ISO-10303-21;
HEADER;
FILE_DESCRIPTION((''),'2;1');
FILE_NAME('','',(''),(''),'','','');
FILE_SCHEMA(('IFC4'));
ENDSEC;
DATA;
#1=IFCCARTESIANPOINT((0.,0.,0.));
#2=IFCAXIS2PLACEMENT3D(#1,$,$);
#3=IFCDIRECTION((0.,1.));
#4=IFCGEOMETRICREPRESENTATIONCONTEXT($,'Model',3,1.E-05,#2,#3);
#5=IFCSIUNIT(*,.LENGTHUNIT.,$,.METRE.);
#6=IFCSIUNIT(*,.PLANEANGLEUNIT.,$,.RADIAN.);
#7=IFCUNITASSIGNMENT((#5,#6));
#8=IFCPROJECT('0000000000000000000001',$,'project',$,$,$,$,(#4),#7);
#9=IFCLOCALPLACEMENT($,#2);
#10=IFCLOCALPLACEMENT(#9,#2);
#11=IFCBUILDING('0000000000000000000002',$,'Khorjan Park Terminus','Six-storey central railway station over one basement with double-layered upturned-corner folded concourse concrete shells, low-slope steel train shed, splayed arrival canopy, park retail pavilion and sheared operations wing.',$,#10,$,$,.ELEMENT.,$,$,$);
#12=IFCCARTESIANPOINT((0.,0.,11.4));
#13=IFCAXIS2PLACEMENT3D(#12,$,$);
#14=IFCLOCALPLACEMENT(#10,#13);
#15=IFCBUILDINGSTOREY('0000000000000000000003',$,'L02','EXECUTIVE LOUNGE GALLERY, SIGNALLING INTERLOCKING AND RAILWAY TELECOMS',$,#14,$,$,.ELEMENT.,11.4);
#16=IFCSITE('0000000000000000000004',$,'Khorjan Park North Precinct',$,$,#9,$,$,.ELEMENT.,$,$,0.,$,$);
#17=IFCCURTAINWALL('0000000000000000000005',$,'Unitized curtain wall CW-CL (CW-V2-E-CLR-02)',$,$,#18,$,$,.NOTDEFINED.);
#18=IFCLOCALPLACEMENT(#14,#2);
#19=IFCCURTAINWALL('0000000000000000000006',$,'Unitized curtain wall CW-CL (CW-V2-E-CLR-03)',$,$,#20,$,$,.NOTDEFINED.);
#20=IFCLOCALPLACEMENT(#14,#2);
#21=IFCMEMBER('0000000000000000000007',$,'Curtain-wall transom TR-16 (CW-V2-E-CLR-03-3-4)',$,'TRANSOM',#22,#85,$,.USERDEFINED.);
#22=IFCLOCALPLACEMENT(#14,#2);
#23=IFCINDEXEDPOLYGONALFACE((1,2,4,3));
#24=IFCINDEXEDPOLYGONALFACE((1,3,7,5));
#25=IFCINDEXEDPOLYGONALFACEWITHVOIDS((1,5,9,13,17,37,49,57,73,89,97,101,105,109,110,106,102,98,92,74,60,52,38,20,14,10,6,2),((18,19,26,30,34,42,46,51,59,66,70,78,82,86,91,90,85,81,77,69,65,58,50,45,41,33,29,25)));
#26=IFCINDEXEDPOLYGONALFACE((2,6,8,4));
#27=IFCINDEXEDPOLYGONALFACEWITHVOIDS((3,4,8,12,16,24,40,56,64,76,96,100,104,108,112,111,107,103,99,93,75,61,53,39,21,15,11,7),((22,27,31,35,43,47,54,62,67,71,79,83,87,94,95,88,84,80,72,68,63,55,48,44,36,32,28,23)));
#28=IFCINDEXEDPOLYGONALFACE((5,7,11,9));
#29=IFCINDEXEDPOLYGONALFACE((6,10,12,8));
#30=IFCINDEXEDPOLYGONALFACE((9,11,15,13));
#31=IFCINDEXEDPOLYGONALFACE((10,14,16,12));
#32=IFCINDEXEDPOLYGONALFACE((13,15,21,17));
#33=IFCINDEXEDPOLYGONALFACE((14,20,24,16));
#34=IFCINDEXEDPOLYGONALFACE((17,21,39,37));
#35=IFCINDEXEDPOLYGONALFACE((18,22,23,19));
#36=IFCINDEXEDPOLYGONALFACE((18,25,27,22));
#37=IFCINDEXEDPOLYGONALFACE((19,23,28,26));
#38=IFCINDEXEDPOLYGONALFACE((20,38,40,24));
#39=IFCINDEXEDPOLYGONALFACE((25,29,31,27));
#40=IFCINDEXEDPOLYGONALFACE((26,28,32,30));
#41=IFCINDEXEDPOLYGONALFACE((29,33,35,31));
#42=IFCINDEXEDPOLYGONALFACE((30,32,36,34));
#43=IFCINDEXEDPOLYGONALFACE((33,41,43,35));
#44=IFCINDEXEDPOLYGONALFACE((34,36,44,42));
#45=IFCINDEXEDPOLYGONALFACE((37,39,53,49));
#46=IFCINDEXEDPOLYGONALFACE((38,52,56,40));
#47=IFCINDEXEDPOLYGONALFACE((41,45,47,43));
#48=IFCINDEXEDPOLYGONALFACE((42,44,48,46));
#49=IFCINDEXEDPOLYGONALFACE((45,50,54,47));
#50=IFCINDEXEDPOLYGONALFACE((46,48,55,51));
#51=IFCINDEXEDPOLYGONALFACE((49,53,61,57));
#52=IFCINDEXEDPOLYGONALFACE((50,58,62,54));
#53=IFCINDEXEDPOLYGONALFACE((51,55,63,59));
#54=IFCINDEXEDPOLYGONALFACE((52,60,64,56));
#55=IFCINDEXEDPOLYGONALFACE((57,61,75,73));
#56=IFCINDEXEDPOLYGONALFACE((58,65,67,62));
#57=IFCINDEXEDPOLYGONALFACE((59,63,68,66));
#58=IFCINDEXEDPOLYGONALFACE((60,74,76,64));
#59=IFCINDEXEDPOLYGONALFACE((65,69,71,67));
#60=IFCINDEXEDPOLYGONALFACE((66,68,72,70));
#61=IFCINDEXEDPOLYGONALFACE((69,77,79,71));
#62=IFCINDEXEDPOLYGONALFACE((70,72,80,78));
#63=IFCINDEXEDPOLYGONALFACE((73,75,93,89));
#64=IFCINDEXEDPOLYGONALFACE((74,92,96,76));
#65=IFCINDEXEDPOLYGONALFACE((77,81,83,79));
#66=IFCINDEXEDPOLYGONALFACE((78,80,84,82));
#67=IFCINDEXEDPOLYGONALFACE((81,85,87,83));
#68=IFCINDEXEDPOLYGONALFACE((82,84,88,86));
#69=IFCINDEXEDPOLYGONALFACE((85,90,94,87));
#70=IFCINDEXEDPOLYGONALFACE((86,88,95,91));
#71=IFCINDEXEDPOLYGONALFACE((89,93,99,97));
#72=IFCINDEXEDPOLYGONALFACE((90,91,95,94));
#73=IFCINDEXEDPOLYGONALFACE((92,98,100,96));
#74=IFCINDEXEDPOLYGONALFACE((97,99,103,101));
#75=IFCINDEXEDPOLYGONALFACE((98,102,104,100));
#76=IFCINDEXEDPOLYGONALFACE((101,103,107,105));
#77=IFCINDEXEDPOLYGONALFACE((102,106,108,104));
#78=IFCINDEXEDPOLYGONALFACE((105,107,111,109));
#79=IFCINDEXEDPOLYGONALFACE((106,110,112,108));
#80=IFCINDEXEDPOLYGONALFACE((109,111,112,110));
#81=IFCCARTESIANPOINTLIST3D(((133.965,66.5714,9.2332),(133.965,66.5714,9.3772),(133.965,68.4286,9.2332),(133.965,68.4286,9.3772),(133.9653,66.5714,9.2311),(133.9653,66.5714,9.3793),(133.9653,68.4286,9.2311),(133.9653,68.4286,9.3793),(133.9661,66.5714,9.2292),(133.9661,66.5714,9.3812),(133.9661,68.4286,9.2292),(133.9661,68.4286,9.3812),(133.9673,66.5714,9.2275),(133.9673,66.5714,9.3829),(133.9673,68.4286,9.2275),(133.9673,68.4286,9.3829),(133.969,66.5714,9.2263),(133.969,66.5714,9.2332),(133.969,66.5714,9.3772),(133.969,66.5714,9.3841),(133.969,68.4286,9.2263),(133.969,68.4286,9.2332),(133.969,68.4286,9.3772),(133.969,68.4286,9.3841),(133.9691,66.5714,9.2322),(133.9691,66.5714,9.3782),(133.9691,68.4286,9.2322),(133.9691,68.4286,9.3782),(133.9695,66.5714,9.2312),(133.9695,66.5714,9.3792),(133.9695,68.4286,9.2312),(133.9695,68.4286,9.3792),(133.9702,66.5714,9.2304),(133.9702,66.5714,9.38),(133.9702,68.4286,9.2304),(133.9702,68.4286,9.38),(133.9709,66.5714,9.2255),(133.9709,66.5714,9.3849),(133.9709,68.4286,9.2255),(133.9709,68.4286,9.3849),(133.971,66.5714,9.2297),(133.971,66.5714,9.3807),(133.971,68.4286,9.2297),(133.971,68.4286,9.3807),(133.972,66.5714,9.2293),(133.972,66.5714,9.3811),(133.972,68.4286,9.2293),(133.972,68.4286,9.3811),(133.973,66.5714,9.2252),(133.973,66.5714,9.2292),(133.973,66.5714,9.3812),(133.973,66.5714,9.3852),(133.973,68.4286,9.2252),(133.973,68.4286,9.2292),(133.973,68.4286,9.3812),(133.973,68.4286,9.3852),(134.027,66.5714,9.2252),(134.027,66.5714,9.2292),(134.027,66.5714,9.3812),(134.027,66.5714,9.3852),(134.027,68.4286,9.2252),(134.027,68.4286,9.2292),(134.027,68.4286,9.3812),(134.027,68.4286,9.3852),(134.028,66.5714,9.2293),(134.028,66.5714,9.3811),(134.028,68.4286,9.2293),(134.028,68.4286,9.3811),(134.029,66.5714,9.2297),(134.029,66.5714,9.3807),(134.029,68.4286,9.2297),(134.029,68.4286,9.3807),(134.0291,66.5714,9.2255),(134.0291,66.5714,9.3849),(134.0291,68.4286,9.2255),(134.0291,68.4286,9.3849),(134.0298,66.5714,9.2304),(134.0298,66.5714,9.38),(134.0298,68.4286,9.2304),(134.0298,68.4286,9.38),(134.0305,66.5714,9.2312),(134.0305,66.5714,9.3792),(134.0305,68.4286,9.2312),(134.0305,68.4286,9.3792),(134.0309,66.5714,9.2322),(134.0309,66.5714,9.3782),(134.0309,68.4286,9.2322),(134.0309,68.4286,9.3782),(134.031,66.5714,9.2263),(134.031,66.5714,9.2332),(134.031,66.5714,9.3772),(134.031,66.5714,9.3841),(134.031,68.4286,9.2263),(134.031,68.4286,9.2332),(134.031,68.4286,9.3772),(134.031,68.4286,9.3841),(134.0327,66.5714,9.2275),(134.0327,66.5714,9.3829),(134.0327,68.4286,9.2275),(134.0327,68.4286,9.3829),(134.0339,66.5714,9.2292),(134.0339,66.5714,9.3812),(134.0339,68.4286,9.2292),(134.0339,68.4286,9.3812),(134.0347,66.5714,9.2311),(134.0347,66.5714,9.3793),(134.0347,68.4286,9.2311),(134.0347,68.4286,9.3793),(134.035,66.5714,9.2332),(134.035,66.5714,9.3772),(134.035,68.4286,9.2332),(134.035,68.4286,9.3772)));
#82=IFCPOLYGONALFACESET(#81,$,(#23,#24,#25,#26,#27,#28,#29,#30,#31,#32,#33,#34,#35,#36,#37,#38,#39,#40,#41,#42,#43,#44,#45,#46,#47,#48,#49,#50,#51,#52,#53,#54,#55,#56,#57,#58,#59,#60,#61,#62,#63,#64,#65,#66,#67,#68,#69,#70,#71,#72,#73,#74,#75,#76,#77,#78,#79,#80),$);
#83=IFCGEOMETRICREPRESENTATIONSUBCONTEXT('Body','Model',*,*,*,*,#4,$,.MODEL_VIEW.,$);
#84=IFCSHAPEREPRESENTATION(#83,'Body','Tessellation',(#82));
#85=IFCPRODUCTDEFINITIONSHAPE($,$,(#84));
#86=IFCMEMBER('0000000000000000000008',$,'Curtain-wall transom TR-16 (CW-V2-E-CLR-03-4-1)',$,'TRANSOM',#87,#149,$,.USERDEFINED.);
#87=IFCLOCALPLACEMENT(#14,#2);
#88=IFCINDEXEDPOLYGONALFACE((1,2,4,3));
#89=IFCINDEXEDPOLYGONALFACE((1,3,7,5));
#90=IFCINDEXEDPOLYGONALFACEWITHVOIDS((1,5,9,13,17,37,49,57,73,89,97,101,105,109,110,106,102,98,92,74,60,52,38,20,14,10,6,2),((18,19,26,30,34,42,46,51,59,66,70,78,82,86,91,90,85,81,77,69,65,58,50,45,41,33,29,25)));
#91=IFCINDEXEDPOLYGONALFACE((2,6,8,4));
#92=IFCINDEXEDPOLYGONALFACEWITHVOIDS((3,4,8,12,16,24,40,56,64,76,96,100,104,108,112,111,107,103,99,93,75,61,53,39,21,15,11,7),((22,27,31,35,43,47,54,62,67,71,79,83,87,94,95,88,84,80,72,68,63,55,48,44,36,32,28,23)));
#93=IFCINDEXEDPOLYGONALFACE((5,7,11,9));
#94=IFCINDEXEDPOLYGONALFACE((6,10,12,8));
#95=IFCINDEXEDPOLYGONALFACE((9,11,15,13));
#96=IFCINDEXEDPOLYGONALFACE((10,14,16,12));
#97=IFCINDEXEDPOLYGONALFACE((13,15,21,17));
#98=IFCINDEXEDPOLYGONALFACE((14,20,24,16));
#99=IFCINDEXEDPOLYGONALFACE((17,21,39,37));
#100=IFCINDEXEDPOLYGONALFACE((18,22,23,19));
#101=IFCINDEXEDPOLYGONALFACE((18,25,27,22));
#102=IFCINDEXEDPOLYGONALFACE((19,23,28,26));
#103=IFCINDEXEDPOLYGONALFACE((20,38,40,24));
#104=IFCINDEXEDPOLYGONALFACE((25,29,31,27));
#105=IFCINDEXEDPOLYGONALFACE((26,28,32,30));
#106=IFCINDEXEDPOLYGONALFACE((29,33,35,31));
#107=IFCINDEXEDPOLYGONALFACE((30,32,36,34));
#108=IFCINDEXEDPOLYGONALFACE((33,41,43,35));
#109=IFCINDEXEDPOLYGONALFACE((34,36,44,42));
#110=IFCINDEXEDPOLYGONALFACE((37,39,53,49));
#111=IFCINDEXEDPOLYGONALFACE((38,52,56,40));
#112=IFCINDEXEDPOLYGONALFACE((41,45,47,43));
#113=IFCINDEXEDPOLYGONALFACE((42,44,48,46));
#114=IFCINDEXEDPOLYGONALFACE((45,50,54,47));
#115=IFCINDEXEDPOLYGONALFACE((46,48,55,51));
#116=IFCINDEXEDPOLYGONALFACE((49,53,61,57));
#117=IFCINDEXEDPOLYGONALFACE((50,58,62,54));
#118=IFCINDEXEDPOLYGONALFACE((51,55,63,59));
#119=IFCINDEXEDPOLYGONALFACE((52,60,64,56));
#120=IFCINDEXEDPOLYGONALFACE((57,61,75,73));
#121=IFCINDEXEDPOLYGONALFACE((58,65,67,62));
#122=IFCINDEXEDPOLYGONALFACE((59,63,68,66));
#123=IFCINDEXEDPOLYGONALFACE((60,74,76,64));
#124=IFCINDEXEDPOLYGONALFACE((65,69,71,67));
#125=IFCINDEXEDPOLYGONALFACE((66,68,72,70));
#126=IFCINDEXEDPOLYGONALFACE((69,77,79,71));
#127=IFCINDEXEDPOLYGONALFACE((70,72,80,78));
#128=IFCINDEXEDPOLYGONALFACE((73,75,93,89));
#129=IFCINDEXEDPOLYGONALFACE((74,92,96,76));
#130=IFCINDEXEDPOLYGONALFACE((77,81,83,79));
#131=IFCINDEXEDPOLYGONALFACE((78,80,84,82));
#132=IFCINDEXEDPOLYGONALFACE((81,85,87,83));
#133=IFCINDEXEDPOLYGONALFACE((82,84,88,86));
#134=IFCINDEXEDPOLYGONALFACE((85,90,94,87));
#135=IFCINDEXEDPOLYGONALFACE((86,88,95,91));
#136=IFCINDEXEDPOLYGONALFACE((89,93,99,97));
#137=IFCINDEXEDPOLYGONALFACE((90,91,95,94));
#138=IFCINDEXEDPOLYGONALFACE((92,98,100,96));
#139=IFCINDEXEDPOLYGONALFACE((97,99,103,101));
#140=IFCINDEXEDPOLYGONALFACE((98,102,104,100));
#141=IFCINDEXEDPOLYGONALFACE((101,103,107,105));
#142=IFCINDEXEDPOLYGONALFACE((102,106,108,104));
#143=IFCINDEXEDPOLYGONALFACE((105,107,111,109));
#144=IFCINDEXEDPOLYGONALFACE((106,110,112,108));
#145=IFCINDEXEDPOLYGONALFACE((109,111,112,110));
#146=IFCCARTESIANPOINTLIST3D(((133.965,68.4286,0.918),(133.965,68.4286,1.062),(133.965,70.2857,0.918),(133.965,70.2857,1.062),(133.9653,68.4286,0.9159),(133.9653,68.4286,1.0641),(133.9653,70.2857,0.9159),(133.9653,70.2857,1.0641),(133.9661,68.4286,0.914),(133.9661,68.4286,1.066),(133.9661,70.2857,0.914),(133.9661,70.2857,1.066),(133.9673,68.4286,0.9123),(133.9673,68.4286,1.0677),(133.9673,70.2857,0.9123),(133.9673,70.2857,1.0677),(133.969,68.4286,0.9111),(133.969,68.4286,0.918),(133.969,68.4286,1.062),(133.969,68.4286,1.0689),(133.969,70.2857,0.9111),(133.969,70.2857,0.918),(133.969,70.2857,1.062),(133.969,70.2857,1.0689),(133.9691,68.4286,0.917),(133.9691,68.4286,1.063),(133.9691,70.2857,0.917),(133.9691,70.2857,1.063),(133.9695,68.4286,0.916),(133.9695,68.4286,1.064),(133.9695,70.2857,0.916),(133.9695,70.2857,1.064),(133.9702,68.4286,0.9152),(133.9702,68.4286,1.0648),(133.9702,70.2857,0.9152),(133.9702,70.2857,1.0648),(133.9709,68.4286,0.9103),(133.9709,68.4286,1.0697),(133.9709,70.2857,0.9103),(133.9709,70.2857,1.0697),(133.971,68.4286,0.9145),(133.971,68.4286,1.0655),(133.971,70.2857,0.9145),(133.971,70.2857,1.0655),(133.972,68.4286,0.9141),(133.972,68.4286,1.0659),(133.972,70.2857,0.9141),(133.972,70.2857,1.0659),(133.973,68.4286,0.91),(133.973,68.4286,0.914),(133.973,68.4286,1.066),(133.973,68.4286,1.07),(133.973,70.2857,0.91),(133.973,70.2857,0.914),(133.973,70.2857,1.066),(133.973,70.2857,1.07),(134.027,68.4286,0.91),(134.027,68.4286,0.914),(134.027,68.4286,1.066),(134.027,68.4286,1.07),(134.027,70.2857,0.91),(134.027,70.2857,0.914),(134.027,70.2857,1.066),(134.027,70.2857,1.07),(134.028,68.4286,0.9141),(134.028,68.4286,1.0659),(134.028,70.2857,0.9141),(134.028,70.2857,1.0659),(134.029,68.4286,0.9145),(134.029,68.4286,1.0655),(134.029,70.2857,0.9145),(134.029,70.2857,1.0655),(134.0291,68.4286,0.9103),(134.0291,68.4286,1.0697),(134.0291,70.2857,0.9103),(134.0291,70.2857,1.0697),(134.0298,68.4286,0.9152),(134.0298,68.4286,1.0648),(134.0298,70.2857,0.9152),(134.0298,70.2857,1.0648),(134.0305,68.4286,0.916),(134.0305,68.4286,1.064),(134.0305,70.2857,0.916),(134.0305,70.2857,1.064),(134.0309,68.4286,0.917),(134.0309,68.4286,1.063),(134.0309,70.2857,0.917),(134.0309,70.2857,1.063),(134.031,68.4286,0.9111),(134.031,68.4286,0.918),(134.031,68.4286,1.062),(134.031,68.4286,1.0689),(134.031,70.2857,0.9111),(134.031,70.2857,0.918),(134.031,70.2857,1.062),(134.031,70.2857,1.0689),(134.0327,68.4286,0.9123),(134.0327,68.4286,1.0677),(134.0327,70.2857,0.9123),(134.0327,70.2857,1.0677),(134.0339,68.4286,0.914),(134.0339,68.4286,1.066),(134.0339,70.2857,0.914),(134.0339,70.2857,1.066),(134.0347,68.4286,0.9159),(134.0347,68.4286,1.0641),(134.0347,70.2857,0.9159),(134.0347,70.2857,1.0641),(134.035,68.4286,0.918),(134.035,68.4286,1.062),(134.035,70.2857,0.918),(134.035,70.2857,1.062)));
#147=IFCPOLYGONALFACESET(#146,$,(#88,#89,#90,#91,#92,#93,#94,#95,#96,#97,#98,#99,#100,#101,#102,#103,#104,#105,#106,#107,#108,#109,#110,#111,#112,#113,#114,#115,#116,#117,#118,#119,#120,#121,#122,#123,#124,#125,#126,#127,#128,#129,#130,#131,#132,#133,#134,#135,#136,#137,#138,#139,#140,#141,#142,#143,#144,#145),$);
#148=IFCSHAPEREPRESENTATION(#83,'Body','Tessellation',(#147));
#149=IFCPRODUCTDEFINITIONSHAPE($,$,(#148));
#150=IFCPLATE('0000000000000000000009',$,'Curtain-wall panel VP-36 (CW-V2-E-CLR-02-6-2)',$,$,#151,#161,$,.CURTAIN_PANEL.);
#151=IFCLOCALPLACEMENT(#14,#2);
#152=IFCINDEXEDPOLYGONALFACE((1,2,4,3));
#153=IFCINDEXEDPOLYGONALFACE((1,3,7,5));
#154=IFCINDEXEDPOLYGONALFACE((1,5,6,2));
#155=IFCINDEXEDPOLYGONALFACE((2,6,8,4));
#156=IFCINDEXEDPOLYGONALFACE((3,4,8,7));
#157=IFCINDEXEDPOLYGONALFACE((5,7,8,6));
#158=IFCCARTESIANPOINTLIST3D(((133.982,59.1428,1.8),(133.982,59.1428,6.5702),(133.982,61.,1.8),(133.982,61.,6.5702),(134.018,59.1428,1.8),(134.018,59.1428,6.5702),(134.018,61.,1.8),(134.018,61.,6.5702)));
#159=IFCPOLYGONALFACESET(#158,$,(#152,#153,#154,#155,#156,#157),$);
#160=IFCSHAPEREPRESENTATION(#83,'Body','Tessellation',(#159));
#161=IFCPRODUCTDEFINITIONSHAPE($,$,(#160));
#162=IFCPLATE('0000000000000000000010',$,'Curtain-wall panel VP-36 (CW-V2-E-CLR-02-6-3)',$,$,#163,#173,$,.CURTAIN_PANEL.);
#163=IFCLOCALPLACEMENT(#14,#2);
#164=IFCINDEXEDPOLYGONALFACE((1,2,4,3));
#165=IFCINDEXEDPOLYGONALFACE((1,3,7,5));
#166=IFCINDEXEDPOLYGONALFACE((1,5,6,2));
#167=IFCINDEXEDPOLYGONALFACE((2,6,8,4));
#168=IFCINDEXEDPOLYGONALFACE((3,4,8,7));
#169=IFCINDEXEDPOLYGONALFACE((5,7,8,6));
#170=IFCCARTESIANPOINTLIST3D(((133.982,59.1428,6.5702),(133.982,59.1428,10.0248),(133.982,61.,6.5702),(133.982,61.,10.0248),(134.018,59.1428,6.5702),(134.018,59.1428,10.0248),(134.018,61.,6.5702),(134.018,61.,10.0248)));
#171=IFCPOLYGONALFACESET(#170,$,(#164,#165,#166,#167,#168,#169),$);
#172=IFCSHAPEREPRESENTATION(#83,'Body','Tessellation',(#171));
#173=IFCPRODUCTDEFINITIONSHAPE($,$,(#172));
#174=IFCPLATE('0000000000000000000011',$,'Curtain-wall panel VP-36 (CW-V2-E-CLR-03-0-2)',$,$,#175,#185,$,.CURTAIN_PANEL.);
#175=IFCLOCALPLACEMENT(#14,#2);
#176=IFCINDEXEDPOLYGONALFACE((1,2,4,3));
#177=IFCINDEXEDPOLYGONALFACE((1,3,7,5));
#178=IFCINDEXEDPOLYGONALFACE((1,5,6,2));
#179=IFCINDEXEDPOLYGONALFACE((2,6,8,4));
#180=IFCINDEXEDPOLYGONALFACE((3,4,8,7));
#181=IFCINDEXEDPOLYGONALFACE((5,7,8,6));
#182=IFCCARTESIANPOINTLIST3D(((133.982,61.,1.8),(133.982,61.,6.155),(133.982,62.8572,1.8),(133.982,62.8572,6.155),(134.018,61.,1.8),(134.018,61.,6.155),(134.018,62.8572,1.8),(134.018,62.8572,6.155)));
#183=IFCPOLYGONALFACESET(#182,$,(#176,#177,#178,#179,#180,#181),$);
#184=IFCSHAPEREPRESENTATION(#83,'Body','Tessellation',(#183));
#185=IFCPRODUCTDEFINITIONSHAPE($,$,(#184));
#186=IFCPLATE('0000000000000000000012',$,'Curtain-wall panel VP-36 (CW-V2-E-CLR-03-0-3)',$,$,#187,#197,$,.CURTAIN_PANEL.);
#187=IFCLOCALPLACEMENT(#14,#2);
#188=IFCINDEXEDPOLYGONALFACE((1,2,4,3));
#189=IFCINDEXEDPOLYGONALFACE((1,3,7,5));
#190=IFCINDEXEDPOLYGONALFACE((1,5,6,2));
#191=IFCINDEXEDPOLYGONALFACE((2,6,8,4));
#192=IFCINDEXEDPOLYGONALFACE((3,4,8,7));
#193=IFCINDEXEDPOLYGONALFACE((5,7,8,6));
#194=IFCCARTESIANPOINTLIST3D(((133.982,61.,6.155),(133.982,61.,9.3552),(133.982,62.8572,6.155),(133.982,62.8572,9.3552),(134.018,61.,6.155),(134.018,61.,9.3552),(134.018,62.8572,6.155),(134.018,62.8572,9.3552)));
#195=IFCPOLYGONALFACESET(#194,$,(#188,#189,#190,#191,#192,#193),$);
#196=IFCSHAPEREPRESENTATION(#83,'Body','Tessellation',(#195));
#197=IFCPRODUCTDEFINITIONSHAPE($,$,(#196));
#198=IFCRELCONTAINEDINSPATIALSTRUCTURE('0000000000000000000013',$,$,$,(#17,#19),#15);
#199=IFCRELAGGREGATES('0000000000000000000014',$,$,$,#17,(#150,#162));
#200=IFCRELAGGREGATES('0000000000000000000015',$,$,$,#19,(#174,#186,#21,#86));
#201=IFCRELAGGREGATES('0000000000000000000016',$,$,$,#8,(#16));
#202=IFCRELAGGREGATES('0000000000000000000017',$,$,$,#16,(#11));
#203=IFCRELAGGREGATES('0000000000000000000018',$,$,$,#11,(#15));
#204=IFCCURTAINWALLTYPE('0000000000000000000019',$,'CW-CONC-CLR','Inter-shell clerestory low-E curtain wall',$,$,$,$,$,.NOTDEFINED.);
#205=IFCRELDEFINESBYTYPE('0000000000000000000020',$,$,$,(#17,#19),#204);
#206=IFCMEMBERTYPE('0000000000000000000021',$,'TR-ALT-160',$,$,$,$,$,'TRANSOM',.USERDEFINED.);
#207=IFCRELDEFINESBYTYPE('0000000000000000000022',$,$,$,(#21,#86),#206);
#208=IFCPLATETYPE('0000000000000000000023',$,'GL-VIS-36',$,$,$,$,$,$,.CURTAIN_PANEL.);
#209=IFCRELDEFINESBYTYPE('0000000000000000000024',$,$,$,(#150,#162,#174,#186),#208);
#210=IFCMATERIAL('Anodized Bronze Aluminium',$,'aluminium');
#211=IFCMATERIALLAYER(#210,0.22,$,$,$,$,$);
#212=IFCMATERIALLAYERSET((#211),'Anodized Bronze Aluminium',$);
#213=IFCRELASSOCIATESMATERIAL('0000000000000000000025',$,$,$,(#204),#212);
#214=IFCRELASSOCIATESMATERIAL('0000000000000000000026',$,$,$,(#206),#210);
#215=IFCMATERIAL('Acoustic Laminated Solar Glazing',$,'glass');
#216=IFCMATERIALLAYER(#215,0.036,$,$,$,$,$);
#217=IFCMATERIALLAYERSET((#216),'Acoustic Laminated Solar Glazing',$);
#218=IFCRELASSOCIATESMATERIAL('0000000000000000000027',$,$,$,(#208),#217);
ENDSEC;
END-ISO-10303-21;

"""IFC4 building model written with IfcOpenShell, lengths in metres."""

from ifc_helpers import new_model, si_unit, direction, frame, origin, origin_2d, place, context, subcontext, project, spatial, rectangle, hollow_rectangle, extrude, material, layer, layer_set, material_profile, profile_set, type_object, element, aggregate, save


model = new_model("IFC4")

# Units and contexts
model_context = context("Model", 3, precision=1e-05, world=origin(), true_north=direction((0.0, 1.0)))
body_context = subcontext(model_context, "Body", "Model", "MODEL_VIEW")
ifc_project = project(units=[si_unit("LENGTHUNIT", "METRE"), si_unit("PLANEANGLEUNIT", "RADIAN")], contexts=[model_context])

# Site, building, storey
site_placement = place(None, origin())
site = spatial("IfcSite", under=ifc_project, at=site_placement, Name="Khorjan Park North Precinct", CompositionType="ELEMENT", RefElevation=0.0)
building_placement = place(site_placement, origin())
building = spatial("IfcBuilding", under=site, at=building_placement, Name="Khorjan Park Terminus", Description="Six-storey central railway station over one basement with double-layered upturned-corner folded concourse concrete shells, low-slope steel train shed, splayed arrival canopy, park retail pavilion and sheared operations wing.", CompositionType="ELEMENT")
storey_placement = place(building_placement, frame((0.0, 0.0, 11.4)))
storey = spatial("IfcBuildingStorey", under=building, at=storey_placement, Name="L02", Description="EXECUTIVE LOUNGE GALLERY, SIGNALLING INTERLOCKING AND RAILWAY TELECOMS", CompositionType="ELEMENT", Elevation=11.4)

# Curtain wall
ifc_material_1 = material(Name="Anodized Bronze Aluminium", Category="aluminium")
ifc_layer_1 = layer(ifc_material_1, 0.22)
ifc_layer_set_1 = layer_set([ifc_layer_1], Name="Anodized Bronze Aluminium")
curtain_wall_type = type_object("IfcCurtainWallType", Name="CW-CONC-CLR", Description="Inter-shell clerestory low-E curtain wall", PredefinedType="NOTDEFINED", material=ifc_layer_set_1)
curtain_wall_1_placement = place(storey_placement, origin())
curtain_wall_1 = element("IfcCurtainWall", 1, at=curtain_wall_1_placement, inside=storey, type_object=curtain_wall_type, Name="Unitized curtain wall CW-CL (CW-V2-E-CLR-02)", PredefinedType="NOTDEFINED")

# Curtain wall
curtain_wall_2_placement = place(storey_placement, origin())
curtain_wall_2 = element("IfcCurtainWall", 2, at=curtain_wall_2_placement, inside=storey, type_object=curtain_wall_type, Name="Unitized curtain wall CW-CL (CW-V2-E-CLR-03)", PredefinedType="NOTDEFINED")

# Members
ifc_material_profile_1 = material_profile(ifc_material_1, hollow_rectangle(XDim=0.07, YDim=0.16, WallThickness=0.004, InnerFilletRadius=0.004, OuterFilletRadius=0.008, at=origin_2d()), Name="ALT 70x160x4")
ifc_profile_set_1 = profile_set([ifc_material_profile_1], Name="Anodized Bronze Aluminium")
member_type_1 = type_object("IfcMemberType", Name="TR-ALT-160", ElementType="TRANSOM", PredefinedType="USERDEFINED", material=ifc_profile_set_1)
member_1_placement = place(storey_placement, frame((134.0, 66.5714, 9.3052), z_axis=(0.0, 1.0, 0.0), x_axis=(-1.0, 0.0, 0.0)))
member_1 = element("IfcMember", 3, at=member_1_placement, type_object=member_type_1, Name="Curtain-wall transom TR-16 (CW-V2-E-CLR-03-3-4)", ObjectType="TRANSOM", PredefinedType="USERDEFINED", context=body_context, shape_type="SweptSolid", body=[
    extrude(hollow_rectangle(XDim=0.07, YDim=0.16, WallThickness=0.004, InnerFilletRadius=0.004, OuterFilletRadius=0.008, at=origin_2d()), origin(), (0.0, 0.0, 1.0), 1.8572),
])
member_2_placement = place(storey_placement, frame((134.0, 68.4286, 0.99), z_axis=(0.0, 1.0, 0.0), x_axis=(-1.0, 0.0, 0.0)))
member_2 = element("IfcMember", 4, at=member_2_placement, type_object=member_type_1, Name="Curtain-wall transom TR-16 (CW-V2-E-CLR-03-4-1)", ObjectType="TRANSOM", PredefinedType="USERDEFINED", context=body_context, shape_type="SweptSolid", body=[
    extrude(hollow_rectangle(XDim=0.07, YDim=0.16, WallThickness=0.004, InnerFilletRadius=0.004, OuterFilletRadius=0.008, at=origin_2d()), origin(), (0.0, 0.0, 1.0), 1.8571),
])

# Plates
ifc_material_2 = material(Name="Acoustic Laminated Solar Glazing", Category="glass")
ifc_layer_2 = layer(ifc_material_2, 0.036)
ifc_layer_set_2 = layer_set([ifc_layer_2], Name="Acoustic Laminated Solar Glazing")
plate_type_1 = type_object("IfcPlateType", Name="GL-VIS-36", PredefinedType="CURTAIN_PANEL", material=ifc_layer_set_2)
plate_1_placement = place(storey_placement, frame((134.0, 60.0714, 1.8), z_axis=(0.0, 0.0, 1.0), x_axis=(0.0, 1.0, 0.0)))
plate_1 = element("IfcPlate", 5, at=plate_1_placement, type_object=plate_type_1, Name="Curtain-wall panel VP-36 (CW-V2-E-CLR-02-6-2)", PredefinedType="CURTAIN_PANEL", context=body_context, shape_type="SweptSolid", body=[
    extrude(rectangle(XDim=1.8571, YDim=0.036, at=origin_2d()), origin(), (0.0, 0.0, 1.0), 4.7702),
])
plate_2_placement = place(storey_placement, frame((134.0, 60.0714, 6.5702), z_axis=(0.0, 0.0, 1.0), x_axis=(0.0, 1.0, 0.0)))
plate_2 = element("IfcPlate", 6, at=plate_2_placement, type_object=plate_type_1, Name="Curtain-wall panel VP-36 (CW-V2-E-CLR-02-6-3)", PredefinedType="CURTAIN_PANEL", context=body_context, shape_type="SweptSolid", body=[
    extrude(rectangle(XDim=1.8571, YDim=0.036, at=origin_2d()), origin(), (0.0, 0.0, 1.0), 3.4546),
])
plate_3_placement = place(storey_placement, frame((134.0, 61.9286, 1.8), z_axis=(0.0, 0.0, 1.0), x_axis=(0.0, 1.0, 0.0)))
plate_3 = element("IfcPlate", 7, at=plate_3_placement, type_object=plate_type_1, Name="Curtain-wall panel VP-36 (CW-V2-E-CLR-03-0-2)", PredefinedType="CURTAIN_PANEL", context=body_context, shape_type="SweptSolid", body=[
    extrude(rectangle(XDim=1.8571, YDim=0.036, at=origin_2d()), origin(), (0.0, 0.0, 1.0), 4.355),
])
plate_4_placement = place(storey_placement, frame((134.0, 61.9286, 6.155), z_axis=(0.0, 0.0, 1.0), x_axis=(0.0, 1.0, 0.0)))
plate_4 = element("IfcPlate", 8, at=plate_4_placement, type_object=plate_type_1, Name="Curtain-wall panel VP-36 (CW-V2-E-CLR-03-0-3)", PredefinedType="CURTAIN_PANEL", context=body_context, shape_type="SweptSolid", body=[
    extrude(rectangle(XDim=1.8571, YDim=0.036, at=origin_2d()), origin(), (0.0, 0.0, 1.0), 3.2002),
])
aggregate(curtain_wall_1, [plate_1, plate_2])
aggregate(curtain_wall_2, [plate_3, plate_4, member_1, member_2])

save(model, "model.ifc")
